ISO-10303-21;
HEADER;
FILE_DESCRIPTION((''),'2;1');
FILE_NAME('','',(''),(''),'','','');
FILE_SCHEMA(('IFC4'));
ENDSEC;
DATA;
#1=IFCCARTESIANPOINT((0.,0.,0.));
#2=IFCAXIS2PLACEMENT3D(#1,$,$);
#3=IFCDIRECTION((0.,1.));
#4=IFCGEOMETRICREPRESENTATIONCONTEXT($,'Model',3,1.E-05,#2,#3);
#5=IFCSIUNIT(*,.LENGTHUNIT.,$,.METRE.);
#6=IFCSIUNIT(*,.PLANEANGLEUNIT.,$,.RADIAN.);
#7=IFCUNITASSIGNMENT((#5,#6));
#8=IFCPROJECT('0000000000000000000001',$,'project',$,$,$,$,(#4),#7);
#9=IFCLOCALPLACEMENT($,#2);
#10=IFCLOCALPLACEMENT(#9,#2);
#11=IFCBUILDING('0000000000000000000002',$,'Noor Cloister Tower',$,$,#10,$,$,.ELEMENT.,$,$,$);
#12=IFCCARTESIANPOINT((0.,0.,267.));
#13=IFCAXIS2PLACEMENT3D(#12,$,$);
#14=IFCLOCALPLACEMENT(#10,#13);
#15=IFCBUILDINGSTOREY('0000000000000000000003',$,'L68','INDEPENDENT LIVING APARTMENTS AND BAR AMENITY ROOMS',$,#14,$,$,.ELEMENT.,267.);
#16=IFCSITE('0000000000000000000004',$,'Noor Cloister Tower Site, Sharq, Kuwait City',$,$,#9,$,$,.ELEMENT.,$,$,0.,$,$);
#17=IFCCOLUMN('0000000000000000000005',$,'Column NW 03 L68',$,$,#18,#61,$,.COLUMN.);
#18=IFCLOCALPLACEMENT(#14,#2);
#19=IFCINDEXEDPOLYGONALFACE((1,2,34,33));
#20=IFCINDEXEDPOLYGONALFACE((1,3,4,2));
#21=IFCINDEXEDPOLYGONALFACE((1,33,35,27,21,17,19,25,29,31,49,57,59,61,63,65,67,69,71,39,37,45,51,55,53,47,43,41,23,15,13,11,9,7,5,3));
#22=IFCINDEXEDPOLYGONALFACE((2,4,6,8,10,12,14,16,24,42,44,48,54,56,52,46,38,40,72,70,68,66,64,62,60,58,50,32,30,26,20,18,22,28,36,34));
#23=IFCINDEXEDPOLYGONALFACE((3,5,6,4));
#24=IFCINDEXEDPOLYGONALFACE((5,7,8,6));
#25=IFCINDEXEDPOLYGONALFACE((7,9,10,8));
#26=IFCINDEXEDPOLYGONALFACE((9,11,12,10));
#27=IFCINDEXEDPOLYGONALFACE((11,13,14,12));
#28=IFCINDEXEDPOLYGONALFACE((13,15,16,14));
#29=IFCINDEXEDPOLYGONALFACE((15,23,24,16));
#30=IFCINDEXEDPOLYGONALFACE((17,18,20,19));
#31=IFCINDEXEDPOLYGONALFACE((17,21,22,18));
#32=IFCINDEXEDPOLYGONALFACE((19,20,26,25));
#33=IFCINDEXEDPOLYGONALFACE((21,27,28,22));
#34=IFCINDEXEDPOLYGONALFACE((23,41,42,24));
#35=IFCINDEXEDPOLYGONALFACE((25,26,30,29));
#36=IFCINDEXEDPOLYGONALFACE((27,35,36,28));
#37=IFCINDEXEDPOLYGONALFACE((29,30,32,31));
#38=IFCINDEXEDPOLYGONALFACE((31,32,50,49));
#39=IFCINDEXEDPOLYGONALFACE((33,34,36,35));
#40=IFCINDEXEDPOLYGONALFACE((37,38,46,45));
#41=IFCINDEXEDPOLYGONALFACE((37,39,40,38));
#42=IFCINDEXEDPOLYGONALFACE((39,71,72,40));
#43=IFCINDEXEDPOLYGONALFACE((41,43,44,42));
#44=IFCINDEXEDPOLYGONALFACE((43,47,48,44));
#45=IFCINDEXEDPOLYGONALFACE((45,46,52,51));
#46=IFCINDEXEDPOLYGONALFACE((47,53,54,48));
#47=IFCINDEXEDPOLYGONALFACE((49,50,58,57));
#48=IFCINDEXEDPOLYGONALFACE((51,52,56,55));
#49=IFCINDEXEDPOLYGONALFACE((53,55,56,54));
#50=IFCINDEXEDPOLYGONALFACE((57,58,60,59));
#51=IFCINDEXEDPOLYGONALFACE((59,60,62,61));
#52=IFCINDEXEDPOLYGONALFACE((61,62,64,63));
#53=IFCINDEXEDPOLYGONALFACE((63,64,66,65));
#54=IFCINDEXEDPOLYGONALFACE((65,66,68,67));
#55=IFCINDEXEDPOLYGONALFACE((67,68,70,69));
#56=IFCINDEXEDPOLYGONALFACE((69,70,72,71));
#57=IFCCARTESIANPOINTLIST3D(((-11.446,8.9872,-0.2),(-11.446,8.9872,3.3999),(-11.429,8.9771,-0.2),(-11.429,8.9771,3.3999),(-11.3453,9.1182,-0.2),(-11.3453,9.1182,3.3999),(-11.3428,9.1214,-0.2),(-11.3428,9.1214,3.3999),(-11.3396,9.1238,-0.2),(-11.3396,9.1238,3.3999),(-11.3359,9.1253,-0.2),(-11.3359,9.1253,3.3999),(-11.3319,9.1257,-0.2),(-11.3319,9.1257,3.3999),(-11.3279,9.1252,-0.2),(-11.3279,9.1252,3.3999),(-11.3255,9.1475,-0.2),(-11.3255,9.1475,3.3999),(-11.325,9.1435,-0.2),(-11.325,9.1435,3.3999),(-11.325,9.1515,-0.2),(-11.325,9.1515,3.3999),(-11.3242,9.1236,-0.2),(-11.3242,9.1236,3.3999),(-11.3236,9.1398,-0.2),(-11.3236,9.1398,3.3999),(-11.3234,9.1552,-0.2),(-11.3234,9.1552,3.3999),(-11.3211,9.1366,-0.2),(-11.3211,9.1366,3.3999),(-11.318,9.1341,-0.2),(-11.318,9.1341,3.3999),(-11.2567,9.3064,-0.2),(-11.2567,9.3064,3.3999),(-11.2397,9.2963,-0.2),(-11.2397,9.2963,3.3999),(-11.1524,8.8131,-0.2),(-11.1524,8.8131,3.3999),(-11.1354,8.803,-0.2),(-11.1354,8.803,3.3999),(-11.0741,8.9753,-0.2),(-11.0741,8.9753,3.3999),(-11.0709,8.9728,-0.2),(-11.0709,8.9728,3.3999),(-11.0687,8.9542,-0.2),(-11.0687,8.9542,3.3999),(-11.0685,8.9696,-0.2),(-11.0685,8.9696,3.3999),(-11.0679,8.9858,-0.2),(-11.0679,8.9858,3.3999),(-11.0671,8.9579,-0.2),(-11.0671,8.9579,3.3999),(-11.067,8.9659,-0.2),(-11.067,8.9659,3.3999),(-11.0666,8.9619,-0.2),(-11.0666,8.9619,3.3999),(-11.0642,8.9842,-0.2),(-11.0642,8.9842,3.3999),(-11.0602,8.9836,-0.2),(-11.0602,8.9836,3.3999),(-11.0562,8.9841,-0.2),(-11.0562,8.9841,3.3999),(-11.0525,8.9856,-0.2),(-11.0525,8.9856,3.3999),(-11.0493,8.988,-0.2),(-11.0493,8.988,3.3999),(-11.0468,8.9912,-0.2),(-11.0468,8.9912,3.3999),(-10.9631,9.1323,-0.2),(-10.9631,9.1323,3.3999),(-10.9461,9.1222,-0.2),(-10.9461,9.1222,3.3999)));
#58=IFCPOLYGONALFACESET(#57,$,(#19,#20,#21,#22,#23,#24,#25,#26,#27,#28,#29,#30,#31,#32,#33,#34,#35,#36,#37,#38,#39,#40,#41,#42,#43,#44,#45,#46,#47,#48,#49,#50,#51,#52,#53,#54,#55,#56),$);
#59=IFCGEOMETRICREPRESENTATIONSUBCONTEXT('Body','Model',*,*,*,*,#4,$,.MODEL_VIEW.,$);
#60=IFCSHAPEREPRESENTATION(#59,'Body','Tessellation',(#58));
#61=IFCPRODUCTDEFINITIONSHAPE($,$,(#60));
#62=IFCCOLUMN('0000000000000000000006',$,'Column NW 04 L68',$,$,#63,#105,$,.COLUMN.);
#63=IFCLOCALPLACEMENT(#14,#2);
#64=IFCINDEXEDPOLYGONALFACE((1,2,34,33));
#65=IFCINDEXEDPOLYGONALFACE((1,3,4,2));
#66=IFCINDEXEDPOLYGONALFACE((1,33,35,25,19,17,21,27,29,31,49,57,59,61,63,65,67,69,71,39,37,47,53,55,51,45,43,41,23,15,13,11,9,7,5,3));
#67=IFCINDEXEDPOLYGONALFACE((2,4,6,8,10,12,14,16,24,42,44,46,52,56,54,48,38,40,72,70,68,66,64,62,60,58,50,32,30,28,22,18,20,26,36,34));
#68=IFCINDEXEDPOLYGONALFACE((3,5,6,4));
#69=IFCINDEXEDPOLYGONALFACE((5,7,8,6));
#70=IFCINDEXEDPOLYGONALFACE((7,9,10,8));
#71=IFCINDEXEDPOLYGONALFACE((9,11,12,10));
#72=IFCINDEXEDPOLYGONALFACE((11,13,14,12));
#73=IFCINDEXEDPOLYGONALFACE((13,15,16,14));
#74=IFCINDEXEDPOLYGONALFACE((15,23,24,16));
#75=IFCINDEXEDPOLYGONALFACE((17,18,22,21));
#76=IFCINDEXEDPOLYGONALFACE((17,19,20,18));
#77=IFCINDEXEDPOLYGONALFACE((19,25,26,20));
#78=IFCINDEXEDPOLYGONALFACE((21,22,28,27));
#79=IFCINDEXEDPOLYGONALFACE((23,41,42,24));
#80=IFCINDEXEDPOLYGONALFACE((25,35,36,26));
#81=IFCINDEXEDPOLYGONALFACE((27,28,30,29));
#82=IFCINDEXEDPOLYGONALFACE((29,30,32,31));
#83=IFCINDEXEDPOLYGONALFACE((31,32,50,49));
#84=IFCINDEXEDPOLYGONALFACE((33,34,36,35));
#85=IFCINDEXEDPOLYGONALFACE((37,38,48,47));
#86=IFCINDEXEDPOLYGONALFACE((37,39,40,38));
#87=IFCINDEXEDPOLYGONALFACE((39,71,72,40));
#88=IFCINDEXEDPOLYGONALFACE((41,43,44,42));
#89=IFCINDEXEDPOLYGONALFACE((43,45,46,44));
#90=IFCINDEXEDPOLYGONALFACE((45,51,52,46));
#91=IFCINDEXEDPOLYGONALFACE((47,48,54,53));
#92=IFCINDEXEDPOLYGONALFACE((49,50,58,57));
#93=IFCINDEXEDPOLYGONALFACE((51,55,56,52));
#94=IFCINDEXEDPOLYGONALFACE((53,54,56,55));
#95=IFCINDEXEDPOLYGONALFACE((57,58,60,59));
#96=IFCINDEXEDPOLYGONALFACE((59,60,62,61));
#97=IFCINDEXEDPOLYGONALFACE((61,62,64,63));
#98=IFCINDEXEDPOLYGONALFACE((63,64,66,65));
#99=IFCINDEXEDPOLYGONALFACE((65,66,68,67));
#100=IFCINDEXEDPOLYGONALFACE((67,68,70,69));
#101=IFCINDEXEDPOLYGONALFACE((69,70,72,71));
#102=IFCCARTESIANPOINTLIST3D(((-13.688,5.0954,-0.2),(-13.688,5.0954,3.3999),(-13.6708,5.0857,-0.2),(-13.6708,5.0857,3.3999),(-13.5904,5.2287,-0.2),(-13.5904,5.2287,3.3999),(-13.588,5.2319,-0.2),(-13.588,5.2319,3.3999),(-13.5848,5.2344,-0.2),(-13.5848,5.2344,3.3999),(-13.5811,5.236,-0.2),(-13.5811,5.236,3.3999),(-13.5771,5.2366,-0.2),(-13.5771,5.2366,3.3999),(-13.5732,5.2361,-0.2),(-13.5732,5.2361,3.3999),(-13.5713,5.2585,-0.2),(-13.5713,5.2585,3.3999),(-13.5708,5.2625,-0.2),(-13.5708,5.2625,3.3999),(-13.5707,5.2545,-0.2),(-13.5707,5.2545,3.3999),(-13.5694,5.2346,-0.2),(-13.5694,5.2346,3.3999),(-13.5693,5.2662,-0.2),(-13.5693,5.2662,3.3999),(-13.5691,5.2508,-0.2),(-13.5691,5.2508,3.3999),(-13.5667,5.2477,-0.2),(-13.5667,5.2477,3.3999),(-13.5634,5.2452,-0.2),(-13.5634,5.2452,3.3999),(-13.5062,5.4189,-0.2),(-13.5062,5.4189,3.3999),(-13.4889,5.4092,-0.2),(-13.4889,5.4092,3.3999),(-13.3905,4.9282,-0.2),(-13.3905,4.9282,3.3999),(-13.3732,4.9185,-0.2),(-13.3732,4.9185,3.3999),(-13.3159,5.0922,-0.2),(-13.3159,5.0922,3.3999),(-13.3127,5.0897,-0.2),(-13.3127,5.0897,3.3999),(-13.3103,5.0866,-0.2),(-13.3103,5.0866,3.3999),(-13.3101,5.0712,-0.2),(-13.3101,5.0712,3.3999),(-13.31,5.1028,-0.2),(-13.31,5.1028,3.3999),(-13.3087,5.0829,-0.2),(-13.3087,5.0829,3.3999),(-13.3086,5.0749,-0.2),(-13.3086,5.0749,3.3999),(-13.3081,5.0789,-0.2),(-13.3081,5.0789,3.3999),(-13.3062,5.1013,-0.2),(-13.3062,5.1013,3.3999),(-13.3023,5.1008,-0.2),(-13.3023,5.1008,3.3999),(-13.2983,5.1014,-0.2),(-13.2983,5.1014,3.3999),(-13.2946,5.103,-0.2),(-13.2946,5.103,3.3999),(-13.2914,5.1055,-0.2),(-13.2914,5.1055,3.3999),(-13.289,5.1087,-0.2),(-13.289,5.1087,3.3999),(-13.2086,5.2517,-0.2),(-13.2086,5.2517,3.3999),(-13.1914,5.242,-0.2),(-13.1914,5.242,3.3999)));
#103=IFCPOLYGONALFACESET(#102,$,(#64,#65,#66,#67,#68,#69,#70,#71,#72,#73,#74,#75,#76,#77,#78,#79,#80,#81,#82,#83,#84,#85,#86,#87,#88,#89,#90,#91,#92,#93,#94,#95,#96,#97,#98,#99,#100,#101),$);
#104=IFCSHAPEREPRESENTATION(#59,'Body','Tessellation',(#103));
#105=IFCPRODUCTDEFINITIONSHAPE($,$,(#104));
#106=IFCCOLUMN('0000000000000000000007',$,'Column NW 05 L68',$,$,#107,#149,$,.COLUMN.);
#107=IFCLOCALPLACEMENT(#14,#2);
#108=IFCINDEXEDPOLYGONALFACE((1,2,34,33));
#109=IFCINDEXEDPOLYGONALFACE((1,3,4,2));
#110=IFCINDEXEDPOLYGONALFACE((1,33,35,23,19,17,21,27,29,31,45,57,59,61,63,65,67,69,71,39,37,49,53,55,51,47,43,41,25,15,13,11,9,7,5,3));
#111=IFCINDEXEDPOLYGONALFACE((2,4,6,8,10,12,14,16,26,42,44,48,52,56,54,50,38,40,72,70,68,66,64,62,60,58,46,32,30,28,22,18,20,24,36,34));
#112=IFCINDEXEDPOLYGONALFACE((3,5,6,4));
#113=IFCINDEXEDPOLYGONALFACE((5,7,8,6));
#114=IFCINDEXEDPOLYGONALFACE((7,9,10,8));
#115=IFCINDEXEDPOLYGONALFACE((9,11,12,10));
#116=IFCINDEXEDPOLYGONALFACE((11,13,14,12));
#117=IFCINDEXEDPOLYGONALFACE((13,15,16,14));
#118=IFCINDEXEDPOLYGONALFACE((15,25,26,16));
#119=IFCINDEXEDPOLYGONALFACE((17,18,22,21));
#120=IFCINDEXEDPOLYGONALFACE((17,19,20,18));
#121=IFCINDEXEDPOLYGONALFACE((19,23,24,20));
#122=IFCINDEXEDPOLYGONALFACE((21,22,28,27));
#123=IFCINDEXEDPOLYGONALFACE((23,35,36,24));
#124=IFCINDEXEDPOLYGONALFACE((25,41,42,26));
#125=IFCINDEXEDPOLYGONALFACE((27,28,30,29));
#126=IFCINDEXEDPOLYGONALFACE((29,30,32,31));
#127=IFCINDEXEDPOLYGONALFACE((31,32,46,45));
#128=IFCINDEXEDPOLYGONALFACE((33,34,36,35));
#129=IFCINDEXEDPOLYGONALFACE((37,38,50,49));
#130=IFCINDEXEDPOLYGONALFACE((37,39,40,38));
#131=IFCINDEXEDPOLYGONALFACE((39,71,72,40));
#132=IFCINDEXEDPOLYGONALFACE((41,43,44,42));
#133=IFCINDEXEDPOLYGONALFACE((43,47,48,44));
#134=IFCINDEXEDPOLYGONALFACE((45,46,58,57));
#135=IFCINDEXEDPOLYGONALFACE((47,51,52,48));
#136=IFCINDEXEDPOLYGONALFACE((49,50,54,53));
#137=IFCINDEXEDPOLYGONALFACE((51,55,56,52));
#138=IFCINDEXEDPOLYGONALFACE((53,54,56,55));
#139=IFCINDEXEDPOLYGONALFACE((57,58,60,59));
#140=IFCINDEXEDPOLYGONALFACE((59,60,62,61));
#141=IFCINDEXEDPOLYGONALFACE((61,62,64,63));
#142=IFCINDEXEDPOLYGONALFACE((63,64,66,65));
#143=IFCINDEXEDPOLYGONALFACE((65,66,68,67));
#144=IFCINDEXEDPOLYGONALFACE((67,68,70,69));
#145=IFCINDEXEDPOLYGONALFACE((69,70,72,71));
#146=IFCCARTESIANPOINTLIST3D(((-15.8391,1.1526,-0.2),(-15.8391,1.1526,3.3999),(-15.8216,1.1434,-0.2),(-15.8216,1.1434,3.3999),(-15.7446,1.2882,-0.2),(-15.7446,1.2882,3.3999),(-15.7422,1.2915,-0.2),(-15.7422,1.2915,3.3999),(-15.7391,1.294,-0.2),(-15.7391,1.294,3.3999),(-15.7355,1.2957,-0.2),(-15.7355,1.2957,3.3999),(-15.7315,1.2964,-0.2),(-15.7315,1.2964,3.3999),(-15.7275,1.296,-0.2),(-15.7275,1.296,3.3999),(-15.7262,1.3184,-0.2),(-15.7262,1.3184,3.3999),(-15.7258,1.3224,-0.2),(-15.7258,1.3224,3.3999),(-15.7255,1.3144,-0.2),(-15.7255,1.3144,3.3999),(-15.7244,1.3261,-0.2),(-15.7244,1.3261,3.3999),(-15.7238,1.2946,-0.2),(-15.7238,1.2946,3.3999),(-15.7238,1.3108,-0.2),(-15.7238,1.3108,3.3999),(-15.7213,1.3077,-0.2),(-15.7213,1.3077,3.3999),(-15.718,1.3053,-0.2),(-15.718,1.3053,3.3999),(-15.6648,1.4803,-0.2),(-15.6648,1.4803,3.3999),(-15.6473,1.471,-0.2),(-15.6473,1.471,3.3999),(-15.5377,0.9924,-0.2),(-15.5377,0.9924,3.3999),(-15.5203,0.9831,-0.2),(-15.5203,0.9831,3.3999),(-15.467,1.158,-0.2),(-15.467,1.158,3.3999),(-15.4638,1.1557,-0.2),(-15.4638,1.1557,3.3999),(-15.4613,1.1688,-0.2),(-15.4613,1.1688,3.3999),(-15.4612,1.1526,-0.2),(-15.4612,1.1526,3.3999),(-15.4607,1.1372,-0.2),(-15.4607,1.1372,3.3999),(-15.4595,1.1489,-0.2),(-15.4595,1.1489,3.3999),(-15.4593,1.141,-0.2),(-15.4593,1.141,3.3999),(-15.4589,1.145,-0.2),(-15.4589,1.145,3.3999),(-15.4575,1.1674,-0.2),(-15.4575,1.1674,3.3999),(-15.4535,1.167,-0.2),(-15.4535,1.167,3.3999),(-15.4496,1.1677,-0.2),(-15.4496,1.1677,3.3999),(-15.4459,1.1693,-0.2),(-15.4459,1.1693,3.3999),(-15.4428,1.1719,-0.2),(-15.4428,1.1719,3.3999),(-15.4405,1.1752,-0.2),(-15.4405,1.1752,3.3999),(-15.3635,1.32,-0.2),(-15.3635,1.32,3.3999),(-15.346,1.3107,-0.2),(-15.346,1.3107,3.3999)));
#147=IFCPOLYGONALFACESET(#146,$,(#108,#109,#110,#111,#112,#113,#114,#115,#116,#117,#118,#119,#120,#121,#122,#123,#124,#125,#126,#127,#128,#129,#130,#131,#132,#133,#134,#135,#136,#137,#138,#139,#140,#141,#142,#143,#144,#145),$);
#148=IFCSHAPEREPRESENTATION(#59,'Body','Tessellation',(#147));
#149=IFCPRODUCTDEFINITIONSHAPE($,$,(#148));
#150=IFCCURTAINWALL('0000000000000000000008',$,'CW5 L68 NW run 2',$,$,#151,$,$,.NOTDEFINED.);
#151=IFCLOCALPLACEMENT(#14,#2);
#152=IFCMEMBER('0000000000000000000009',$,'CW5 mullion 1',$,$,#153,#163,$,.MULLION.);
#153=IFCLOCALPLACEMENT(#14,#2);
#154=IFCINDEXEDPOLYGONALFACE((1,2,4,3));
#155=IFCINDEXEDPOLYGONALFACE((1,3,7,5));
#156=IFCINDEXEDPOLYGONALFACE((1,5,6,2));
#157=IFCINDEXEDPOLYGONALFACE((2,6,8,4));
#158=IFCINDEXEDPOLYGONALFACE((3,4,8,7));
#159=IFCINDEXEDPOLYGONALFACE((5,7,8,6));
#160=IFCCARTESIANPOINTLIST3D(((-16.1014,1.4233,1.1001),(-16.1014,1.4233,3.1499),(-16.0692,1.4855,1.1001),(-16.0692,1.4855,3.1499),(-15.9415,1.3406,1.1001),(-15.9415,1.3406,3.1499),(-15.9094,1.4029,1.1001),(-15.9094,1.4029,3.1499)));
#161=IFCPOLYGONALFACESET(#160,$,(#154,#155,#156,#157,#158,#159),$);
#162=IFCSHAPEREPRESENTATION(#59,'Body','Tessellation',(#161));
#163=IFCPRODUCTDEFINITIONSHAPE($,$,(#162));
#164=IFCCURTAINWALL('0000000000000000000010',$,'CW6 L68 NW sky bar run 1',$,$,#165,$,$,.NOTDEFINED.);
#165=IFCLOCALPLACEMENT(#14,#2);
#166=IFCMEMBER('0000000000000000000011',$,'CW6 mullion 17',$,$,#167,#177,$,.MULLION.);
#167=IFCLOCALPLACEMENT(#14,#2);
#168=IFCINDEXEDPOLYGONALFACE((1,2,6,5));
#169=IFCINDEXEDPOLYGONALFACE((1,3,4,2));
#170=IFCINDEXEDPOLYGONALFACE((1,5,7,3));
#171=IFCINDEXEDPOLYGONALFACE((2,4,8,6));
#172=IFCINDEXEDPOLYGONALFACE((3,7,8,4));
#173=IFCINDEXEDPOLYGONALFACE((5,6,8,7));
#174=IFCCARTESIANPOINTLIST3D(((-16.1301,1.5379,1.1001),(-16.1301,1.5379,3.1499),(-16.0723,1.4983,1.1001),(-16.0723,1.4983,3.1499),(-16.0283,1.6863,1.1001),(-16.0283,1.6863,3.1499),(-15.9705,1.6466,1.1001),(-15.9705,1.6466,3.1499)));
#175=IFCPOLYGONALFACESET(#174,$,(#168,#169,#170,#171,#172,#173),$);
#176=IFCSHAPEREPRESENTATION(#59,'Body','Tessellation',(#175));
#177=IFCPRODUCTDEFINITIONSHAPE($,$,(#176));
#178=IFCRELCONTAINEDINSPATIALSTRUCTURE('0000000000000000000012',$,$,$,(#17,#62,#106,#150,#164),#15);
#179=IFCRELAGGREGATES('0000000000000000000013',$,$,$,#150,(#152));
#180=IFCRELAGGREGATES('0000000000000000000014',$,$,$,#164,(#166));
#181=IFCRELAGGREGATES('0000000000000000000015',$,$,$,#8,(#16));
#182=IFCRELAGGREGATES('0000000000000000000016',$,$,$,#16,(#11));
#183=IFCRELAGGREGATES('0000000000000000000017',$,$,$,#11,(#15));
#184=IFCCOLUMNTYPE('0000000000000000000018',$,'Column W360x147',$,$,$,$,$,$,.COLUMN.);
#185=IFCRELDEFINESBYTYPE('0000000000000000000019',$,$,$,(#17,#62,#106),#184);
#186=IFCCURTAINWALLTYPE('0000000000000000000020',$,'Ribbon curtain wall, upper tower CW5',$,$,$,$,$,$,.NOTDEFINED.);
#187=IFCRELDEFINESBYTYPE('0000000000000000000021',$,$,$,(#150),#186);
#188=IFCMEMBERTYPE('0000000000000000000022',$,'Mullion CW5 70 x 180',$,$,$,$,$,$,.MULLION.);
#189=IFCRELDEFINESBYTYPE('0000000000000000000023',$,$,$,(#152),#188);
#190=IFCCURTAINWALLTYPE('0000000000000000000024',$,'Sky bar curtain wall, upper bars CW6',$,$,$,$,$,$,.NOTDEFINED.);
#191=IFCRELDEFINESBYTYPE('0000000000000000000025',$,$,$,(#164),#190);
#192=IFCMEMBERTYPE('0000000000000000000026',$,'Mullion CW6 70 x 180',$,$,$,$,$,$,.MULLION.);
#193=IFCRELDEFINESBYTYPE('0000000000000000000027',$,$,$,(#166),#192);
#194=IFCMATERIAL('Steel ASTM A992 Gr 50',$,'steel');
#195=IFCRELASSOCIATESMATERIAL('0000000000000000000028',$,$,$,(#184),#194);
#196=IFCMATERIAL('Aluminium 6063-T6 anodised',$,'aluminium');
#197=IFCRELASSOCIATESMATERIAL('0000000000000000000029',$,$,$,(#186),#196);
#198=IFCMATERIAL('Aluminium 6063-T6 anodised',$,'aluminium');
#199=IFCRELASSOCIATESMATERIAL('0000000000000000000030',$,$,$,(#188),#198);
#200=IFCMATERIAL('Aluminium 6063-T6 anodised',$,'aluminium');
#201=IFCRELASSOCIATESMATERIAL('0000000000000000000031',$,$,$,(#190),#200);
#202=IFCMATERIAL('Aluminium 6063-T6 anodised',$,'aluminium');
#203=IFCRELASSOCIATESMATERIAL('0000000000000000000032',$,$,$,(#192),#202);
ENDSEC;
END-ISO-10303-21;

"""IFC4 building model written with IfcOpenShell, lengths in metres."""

from ifc_helpers import new_model, si_unit, direction, frame, origin, origin_2d, place, context, subcontext, project, spatial, rectangle, i_section, extrude, material, material_profile, profile_set, type_object, element, aggregate, save


model = new_model("IFC4")

# Units and contexts
model_context = context("Model", 3, precision=1e-05, world=origin(), true_north=direction((0.0, 1.0)))
body_context = subcontext(model_context, "Body", "Model", "MODEL_VIEW")
ifc_project = project(units=[si_unit("LENGTHUNIT", "METRE"), si_unit("PLANEANGLEUNIT", "RADIAN")], contexts=[model_context])

# Site, building, storey
site_placement = place(None, origin())
site = spatial("IfcSite", under=ifc_project, at=site_placement, Name="Noor Cloister Tower Site, Sharq, Kuwait City", CompositionType="ELEMENT", RefElevation=0.0)
building_placement = place(site_placement, origin())
building = spatial("IfcBuilding", under=site, at=building_placement, Name="Noor Cloister Tower", CompositionType="ELEMENT")
storey_placement = place(building_placement, frame((0.0, 0.0, 267.0)))
storey = spatial("IfcBuildingStorey", under=building, at=storey_placement, Name="L68", Description="INDEPENDENT LIVING APARTMENTS AND BAR AMENITY ROOMS", CompositionType="ELEMENT", Elevation=267.0)

# Columns
ifc_material_1 = material(Name="Steel ASTM A992 Gr 50", Category="steel")
ifc_material_profile_1 = material_profile(ifc_material_1, i_section(OverallWidth=0.3711, OverallDepth=0.3611, WebThickness=0.0122, FlangeThickness=0.0198, FilletRadius=0.0154, at=origin_2d()), Name="W360x147")
ifc_profile_set_1 = profile_set([ifc_material_profile_1], Name="Steel ASTM A992 Gr 50")
column_type = type_object("IfcColumnType", Name="Column W360x147", PredefinedType="COLUMN", material=ifc_profile_set_1)
for number, where, z_axis, x_axis, name in (
    (1, (-11.196, 9.0547, -0.2), (0.0, 0.0, 1.0), (-0.510009, -0.860169, 0.0), "Column NW 03 L68"),
    (2, (-13.4397, 5.1687, -0.2), (0.0, 0.0, 1.0), (-0.489924, -0.871765, 0.0), "Column NW 04 L68"),
    (3, (-15.5925, 1.2317, -0.2), (0.0, 0.0, 1.0), (-0.469576, -0.882892, 0.0), "Column NW 05 L68"),
):
    element("IfcColumn", number, at=place(storey_placement, frame(where, z_axis=z_axis, x_axis=x_axis)), inside=storey, type_object=column_type, Name=name, PredefinedType="COLUMN", context=body_context, shape_type="SweptSolid", body=[
        extrude(i_section(OverallWidth=0.3711, OverallDepth=0.3611, WebThickness=0.0122, FlangeThickness=0.0198, FilletRadius=0.0154, at=origin_2d()), origin(), (0.0, 0.0, 1.0), 3.5999),
    ])

# Curtain walls, members
ifc_material_2 = material(Name="Aluminium 6063-T6 anodised", Category="aluminium")
curtain_wall_type_1 = type_object("IfcCurtainWallType", Name="Ribbon curtain wall, upper tower CW5", PredefinedType="NOTDEFINED", material=ifc_material_2)
curtain_wall_1_placement = place(storey_placement, origin())
curtain_wall_1 = element("IfcCurtainWall", 4, at=curtain_wall_1_placement, inside=storey, type_object=curtain_wall_type_1, Name="CW5 L68 NW run 2", PredefinedType="NOTDEFINED")
ifc_material_3 = material(Name="Aluminium 6063-T6 anodised", Category="aluminium")
ifc_material_profile_2 = material_profile(ifc_material_3, rectangle(XDim=0.1799, YDim=0.0701, at=origin_2d()), Name="180 x 70 mullion")
ifc_profile_set_2 = profile_set([ifc_material_profile_2], Name="Aluminium 6063-T6 anodised")
member_type_1 = type_object("IfcMemberType", Name="Mullion CW5 70 x 180", PredefinedType="MULLION", material=ifc_profile_set_2)
member_1_placement = place(storey_placement, frame((-16.0054, 1.4131, 1.1001), z_axis=(0.0, 0.0, 1.0), x_axis=(0.888278, -0.459306, 0.0)))
member_1 = element("IfcMember", 5, at=member_1_placement, type_object=member_type_1, Name="CW5 mullion 1", PredefinedType="MULLION", context=body_context, shape_type="SweptSolid", body=[
    extrude(rectangle(XDim=0.1799, YDim=0.0701, at=origin_2d()), origin(), (0.0, 0.0, 1.0), 2.0498),
])
aggregate(curtain_wall_1, [member_1])
ifc_material_4 = material(Name="Aluminium 6063-T6 anodised", Category="aluminium")
curtain_wall_type_2 = type_object("IfcCurtainWallType", Name="Sky bar curtain wall, upper bars CW6", PredefinedType="NOTDEFINED", material=ifc_material_4)
curtain_wall_2_placement = place(storey_placement, origin())
curtain_wall_2 = element("IfcCurtainWall", 6, at=curtain_wall_2_placement, inside=storey, type_object=curtain_wall_type_2, Name="CW6 L68 NW sky bar run 1", PredefinedType="NOTDEFINED")
ifc_material_5 = material(Name="Aluminium 6063-T6 anodised", Category="aluminium")
ifc_material_profile_3 = material_profile(ifc_material_5, rectangle(XDim=0.1799, YDim=0.0701, at=origin_2d()), Name="180 x 70 mullion")
ifc_profile_set_3 = profile_set([ifc_material_profile_3], Name="Aluminium 6063-T6 anodised")
member_type_2 = type_object("IfcMemberType", Name="Mullion CW6 70 x 180", PredefinedType="MULLION", material=ifc_profile_set_3)
member_2_placement = place(storey_placement, frame((-16.0503, 1.5923, 1.1001), z_axis=(0.0, 0.0, 1.0), x_axis=(0.565997, 0.824408, 0.0)))
member_2 = element("IfcMember", 7, at=member_2_placement, type_object=member_type_2, Name="CW6 mullion 17", PredefinedType="MULLION", context=body_context, shape_type="SweptSolid", body=[
    extrude(rectangle(XDim=0.1799, YDim=0.0701, at=origin_2d()), origin(), (0.0, 0.0, 1.0), 2.0498),
])
aggregate(curtain_wall_2, [member_2])

save(model, "model.ifc")
